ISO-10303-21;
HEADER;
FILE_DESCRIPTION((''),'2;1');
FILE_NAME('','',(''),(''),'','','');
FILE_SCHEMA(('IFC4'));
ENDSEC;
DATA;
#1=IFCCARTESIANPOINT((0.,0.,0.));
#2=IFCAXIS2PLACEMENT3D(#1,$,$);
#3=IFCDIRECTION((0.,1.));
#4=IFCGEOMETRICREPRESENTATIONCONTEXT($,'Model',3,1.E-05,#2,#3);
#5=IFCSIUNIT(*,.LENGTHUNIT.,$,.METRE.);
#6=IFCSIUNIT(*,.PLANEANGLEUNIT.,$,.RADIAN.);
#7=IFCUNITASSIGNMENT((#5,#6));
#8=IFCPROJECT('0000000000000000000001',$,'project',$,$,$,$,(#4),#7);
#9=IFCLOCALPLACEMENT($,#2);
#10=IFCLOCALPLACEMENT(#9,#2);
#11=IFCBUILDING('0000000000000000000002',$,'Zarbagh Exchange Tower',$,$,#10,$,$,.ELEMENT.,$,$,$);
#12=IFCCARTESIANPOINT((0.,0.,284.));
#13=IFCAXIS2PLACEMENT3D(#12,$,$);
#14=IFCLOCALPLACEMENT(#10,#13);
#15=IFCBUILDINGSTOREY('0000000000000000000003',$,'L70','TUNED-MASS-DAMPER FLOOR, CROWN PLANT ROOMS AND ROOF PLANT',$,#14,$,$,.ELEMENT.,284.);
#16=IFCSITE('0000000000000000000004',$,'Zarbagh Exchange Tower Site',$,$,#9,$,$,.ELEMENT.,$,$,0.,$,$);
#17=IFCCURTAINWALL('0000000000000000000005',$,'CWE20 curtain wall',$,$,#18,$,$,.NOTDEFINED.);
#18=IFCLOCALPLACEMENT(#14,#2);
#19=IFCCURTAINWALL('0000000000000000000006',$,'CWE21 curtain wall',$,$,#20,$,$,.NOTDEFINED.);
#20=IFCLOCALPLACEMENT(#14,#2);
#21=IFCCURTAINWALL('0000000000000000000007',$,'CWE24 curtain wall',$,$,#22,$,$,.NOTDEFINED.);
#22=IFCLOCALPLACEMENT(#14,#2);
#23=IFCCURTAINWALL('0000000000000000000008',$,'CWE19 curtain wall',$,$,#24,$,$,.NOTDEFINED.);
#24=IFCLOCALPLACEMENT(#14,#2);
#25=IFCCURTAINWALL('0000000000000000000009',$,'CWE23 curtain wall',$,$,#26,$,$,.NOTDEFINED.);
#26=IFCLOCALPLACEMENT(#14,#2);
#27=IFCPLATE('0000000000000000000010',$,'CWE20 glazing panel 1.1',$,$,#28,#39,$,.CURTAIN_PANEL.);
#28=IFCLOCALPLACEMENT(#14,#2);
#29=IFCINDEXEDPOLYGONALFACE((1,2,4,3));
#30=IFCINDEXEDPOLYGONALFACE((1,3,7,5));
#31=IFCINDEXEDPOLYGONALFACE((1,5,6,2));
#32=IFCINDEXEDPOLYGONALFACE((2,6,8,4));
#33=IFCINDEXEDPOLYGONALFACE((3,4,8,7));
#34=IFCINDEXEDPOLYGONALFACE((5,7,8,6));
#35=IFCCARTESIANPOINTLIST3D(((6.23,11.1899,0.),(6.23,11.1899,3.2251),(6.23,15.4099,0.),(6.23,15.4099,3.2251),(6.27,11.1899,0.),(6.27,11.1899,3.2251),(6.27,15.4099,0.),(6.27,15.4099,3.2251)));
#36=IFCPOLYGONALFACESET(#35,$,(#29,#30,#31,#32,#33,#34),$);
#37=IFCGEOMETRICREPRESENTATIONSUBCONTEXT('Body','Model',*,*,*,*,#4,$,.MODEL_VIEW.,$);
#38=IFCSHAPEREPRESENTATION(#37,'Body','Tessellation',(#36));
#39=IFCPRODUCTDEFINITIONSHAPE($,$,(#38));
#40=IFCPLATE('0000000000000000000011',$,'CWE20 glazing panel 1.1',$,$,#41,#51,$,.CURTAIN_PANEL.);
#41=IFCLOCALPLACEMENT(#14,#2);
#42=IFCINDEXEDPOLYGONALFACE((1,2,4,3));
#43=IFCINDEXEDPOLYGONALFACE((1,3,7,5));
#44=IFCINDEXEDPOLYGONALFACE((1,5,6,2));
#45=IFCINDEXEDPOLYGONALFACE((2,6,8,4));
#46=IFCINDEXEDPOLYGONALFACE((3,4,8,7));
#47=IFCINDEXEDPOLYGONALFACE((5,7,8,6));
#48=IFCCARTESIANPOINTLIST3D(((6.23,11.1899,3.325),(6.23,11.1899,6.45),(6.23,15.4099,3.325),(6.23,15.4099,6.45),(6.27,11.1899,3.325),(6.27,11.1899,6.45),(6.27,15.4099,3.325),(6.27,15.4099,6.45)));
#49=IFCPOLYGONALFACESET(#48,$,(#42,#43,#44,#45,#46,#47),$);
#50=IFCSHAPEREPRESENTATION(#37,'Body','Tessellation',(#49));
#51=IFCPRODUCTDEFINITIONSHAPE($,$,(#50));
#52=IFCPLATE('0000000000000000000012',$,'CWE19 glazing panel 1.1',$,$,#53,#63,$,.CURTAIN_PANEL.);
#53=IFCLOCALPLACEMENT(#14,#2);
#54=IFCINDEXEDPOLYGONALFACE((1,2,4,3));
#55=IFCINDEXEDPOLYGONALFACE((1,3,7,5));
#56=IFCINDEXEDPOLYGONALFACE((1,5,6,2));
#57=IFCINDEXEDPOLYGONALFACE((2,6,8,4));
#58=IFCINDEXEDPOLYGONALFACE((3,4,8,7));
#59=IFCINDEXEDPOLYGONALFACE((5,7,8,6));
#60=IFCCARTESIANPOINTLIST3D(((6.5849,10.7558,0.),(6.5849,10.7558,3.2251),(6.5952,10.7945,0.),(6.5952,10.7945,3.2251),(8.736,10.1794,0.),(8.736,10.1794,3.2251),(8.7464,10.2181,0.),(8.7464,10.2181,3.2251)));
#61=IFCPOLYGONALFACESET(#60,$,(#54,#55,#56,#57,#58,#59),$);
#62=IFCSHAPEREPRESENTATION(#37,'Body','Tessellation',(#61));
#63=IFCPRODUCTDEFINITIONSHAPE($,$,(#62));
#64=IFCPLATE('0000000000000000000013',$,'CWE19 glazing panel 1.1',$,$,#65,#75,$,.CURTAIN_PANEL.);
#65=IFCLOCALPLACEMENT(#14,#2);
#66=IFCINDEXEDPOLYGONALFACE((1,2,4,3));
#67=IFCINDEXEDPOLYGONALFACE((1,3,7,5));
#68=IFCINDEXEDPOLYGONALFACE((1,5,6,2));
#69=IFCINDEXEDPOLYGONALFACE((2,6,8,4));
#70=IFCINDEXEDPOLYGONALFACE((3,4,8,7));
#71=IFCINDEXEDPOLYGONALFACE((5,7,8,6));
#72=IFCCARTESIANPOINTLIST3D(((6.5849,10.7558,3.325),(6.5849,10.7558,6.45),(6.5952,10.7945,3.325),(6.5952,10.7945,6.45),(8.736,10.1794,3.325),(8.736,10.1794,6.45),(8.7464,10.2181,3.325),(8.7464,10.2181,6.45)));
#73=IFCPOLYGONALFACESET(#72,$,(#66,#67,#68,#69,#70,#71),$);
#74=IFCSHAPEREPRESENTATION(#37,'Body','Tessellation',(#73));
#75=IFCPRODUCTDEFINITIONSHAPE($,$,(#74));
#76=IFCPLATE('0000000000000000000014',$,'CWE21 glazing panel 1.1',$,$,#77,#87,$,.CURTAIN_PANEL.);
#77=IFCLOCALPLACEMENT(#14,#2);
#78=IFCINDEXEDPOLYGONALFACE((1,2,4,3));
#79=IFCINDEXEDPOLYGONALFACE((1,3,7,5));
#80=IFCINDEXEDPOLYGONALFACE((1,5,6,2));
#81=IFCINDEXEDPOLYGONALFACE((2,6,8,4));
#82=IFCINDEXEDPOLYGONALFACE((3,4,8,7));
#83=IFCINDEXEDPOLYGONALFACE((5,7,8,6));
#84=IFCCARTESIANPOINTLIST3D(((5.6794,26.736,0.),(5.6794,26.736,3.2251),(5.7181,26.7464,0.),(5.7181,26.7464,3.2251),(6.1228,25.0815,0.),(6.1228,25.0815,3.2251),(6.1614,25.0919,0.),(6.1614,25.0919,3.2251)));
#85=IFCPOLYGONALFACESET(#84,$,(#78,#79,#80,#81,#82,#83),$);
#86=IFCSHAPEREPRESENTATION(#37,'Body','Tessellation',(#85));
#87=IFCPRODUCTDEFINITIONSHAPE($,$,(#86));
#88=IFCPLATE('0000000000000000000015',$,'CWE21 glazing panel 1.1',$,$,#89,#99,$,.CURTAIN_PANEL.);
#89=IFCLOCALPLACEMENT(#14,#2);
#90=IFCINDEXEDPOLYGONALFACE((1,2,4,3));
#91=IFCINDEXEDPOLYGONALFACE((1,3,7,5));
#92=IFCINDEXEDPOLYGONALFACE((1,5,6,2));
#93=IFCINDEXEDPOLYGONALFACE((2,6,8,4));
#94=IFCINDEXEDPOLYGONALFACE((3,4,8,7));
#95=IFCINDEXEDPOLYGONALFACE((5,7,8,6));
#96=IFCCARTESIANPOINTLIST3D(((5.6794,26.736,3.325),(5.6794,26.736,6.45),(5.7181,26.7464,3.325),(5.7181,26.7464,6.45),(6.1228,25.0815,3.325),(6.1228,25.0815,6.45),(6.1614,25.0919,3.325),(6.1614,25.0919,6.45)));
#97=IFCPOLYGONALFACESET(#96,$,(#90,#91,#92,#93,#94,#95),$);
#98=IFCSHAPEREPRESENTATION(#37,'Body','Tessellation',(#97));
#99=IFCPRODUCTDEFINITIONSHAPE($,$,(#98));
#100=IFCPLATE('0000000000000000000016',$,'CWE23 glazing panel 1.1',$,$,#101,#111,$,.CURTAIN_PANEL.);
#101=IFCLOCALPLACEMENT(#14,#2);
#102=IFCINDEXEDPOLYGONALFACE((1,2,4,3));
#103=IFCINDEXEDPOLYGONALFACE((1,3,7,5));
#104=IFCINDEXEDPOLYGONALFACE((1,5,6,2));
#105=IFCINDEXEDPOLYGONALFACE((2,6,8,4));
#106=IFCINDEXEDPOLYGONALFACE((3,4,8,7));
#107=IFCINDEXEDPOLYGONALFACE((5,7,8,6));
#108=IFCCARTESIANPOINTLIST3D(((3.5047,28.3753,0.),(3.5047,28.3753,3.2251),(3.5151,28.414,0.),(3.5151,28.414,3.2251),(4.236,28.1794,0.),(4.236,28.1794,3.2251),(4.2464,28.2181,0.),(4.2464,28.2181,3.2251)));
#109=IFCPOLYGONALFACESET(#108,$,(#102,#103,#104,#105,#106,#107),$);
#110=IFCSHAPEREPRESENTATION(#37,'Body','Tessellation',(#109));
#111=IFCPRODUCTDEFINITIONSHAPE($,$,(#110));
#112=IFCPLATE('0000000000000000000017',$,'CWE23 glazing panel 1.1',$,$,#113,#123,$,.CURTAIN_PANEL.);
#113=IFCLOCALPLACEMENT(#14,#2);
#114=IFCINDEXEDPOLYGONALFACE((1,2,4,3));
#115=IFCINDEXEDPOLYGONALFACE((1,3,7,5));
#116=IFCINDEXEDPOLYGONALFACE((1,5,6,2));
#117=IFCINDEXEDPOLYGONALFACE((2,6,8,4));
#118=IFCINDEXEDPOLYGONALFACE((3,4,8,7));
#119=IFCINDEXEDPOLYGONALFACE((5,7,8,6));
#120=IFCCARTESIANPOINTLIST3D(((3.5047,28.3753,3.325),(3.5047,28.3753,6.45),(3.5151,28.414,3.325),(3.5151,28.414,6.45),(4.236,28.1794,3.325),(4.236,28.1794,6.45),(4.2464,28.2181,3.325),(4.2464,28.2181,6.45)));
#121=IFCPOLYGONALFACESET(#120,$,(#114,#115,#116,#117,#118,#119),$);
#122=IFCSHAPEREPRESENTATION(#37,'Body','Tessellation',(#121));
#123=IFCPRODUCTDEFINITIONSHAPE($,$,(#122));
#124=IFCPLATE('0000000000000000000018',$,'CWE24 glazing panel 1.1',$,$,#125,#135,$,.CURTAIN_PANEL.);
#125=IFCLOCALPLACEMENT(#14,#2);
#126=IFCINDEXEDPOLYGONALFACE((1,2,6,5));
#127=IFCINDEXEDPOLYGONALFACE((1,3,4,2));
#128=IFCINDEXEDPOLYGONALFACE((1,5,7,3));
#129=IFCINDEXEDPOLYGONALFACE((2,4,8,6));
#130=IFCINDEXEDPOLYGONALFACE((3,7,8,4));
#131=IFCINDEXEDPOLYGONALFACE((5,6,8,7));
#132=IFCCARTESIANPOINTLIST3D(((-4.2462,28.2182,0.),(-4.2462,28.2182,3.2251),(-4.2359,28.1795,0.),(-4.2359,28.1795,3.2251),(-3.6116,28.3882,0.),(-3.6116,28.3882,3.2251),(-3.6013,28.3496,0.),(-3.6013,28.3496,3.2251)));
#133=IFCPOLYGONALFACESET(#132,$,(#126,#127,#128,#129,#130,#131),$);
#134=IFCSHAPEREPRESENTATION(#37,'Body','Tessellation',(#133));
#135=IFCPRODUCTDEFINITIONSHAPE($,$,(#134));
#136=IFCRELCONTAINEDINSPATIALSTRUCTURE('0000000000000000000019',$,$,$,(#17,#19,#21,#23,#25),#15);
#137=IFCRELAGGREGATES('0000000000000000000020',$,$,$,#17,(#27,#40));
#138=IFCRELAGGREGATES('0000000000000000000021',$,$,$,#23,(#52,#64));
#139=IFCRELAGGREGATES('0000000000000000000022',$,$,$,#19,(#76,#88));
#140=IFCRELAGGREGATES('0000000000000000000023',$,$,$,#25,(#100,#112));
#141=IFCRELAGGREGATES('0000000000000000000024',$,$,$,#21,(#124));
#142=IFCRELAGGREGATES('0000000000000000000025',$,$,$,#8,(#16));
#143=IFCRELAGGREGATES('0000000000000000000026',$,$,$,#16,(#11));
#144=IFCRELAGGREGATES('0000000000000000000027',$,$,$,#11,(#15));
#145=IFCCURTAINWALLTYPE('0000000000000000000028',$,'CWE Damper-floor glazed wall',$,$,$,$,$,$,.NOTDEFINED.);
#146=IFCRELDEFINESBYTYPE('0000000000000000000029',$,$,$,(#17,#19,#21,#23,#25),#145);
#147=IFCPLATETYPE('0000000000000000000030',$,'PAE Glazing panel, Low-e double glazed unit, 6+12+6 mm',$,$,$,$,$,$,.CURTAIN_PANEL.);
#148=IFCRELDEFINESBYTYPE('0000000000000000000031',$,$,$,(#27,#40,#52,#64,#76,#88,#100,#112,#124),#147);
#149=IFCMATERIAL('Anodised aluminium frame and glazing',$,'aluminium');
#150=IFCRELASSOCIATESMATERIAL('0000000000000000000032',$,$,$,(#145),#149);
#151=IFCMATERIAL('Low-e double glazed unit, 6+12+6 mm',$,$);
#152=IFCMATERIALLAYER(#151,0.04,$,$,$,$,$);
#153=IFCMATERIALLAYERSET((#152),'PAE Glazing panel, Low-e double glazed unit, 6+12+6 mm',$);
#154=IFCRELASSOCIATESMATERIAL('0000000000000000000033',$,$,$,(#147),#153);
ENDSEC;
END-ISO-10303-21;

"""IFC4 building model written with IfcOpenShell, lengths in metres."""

from ifc_helpers import new_model, si_unit, direction, frame, origin, place, context, subcontext, project, spatial, polyline, outline, extrude, source, transform, mapped, material, layer, layer_set, type_object, element, aggregate, save


model = new_model("IFC4")

# Units and contexts
model_context = context("Model", 3, precision=1e-05, world=origin(), true_north=direction((0.0, 1.0)))
body_context = subcontext(model_context, "Body", "Model", "MODEL_VIEW")
ifc_project = project(units=[si_unit("LENGTHUNIT", "METRE"), si_unit("PLANEANGLEUNIT", "RADIAN")], contexts=[model_context])

# Site, building, storey
site_placement = place(None, origin())
site = spatial("IfcSite", under=ifc_project, at=site_placement, Name="Zarbagh Exchange Tower Site", CompositionType="ELEMENT", RefElevation=0.0)
building_placement = place(site_placement, origin())
building = spatial("IfcBuilding", under=site, at=building_placement, Name="Zarbagh Exchange Tower", CompositionType="ELEMENT")
storey_placement = place(building_placement, frame((0.0, 0.0, 284.0)))
storey = spatial("IfcBuildingStorey", under=building, at=storey_placement, Name="L70", Description="TUNED-MASS-DAMPER FLOOR, CROWN PLANT ROOMS AND ROOF PLANT", CompositionType="ELEMENT", Elevation=284.0)

# Curtain wall
ifc_material_1 = material(Name="Anodised aluminium frame and glazing", Category="aluminium")
curtain_wall_type = type_object("IfcCurtainWallType", Name="CWE Damper-floor glazed wall", PredefinedType="NOTDEFINED", material=ifc_material_1)
curtain_wall_1_placement = place(storey_placement, origin())
curtain_wall_1 = element("IfcCurtainWall", 1, at=curtain_wall_1_placement, inside=storey, type_object=curtain_wall_type, Name="CWE20 curtain wall", PredefinedType="NOTDEFINED")
placement = place(storey_placement, origin())

# Curtain walls
curtain_wall_2_placement = place(storey_placement, origin())
curtain_wall_2 = element("IfcCurtainWall", 2, at=curtain_wall_2_placement, inside=storey, type_object=curtain_wall_type, Name="CWE21 curtain wall", PredefinedType="NOTDEFINED")
curtain_wall_3_placement = place(storey_placement, origin())
curtain_wall_3 = element("IfcCurtainWall", 3, at=curtain_wall_3_placement, inside=storey, type_object=curtain_wall_type, Name="CWE24 curtain wall", PredefinedType="NOTDEFINED")

# Curtain wall
curtain_wall_4_placement = place(storey_placement, origin())
curtain_wall_4 = element("IfcCurtainWall", 4, at=curtain_wall_4_placement, inside=storey, type_object=curtain_wall_type, Name="CWE19 curtain wall", PredefinedType="NOTDEFINED")

# Curtain wall
curtain_wall_5_placement = place(storey_placement, origin())
curtain_wall_5 = element("IfcCurtainWall", 5, at=curtain_wall_5_placement, inside=storey, type_object=curtain_wall_type, Name="CWE23 curtain wall", PredefinedType="NOTDEFINED")

# Shared definitions
ifc_material_2 = material(Name="Low-e double glazed unit, 6+12+6 mm")
ifc_layer = layer(ifc_material_2, 0.04)
ifc_layer_set = layer_set([ifc_layer], Name="PAE Glazing panel, Low-e double glazed unit, 6+12+6 mm")
plate_type = type_object("IfcPlateType", Name="PAE Glazing panel, Low-e double glazed unit, 6+12+6 mm", PredefinedType="CURTAIN_PANEL", material=ifc_layer_set)

# Plates
shared_shape_1 = source(origin(), body_context, "Body", "SweptSolid", [
    extrude(outline(polyline([(0.0, -0.02), (4.22, -0.02), (4.22, 0.02), (0.0, 0.02), (0.0, -0.02)])), origin(), (0.0, 0.0, 1.0), 3.2251),
])
plate_1 = element("IfcPlate", 6, at=placement, type_object=plate_type, Name="CWE20 glazing panel 1.1", PredefinedType="CURTAIN_PANEL", context=body_context, shape_type="MappedRepresentation", body=[
    mapped(shared_shape_1, transform((6.25, 11.1899, 0.0), x_axis=(0.0, 1.0, 0.0), y_axis=(-1.0, 0.0, 0.0), z_axis=(0.0, 0.0, 1.0))),
])
shared_shape_2 = source(origin(), body_context, "Body", "SweptSolid", [
    extrude(outline(polyline([(0.0, -0.02), (4.22, -0.02), (4.22, 0.02), (0.0, 0.02), (0.0, -0.02)])), origin(), (0.0, 0.0, 1.0), 3.125),
])
plate_2 = element("IfcPlate", 7, at=placement, type_object=plate_type, Name="CWE20 glazing panel 1.1", PredefinedType="CURTAIN_PANEL", context=body_context, shape_type="MappedRepresentation", body=[
    mapped(shared_shape_2, transform((6.25, 11.1899, 3.325), x_axis=(0.0, 1.0, 0.0), y_axis=(-1.0, 0.0, 0.0), z_axis=(0.0, 0.0, 1.0))),
])
aggregate(curtain_wall_1, [plate_1, plate_2])
shared_shape_3 = source(origin(), body_context, "Body", "SweptSolid", [
    extrude(outline(polyline([(0.0, -0.02), (2.2271, -0.02), (2.2271, 0.02), (0.0, 0.02), (0.0, -0.02)])), origin(), (0.0, 0.0, 1.0), 3.2251),
])
plate_3 = element("IfcPlate", 8, at=placement, type_object=plate_type, Name="CWE19 glazing panel 1.1", PredefinedType="CURTAIN_PANEL", context=body_context, shape_type="MappedRepresentation", body=[
    mapped(shared_shape_3, transform((8.7412, 10.1987, 0.0), x_axis=(-0.965924, 0.258825, 0.0), y_axis=(-0.258825, -0.965924, 0.0), z_axis=(0.0, 0.0, 1.0))),
])
shared_shape_4 = source(origin(), body_context, "Body", "SweptSolid", [
    extrude(outline(polyline([(0.0, -0.02), (2.2271, -0.02), (2.2271, 0.02), (0.0, 0.02), (0.0, -0.02)])), origin(), (0.0, 0.0, 1.0), 3.125),
])
plate_4 = element("IfcPlate", 9, at=placement, type_object=plate_type, Name="CWE19 glazing panel 1.1", PredefinedType="CURTAIN_PANEL", context=body_context, shape_type="MappedRepresentation", body=[
    mapped(shared_shape_4, transform((8.7412, 10.1987, 3.325), x_axis=(-0.965924, 0.258825, 0.0), y_axis=(-0.258825, -0.965924, 0.0), z_axis=(0.0, 0.0, 1.0))),
])
aggregate(curtain_wall_4, [plate_3, plate_4])
shared_shape_5 = source(origin(), body_context, "Body", "SweptSolid", [
    extrude(outline(polyline([(0.0, -0.02), (1.7129, -0.02), (1.7129, 0.02), (0.0, 0.02), (0.0, -0.02)])), origin(), (0.0, 0.0, 1.0), 3.2251),
])
plate_5 = element("IfcPlate", 10, at=placement, type_object=plate_type, Name="CWE21 glazing panel 1.1", PredefinedType="CURTAIN_PANEL", context=body_context, shape_type="MappedRepresentation", body=[
    mapped(shared_shape_5, transform((6.1421, 25.0867, 0.0), x_axis=(-0.258825, 0.965924, 0.0), y_axis=(-0.965924, -0.258825, 0.0), z_axis=(0.0, 0.0, 1.0))),
])
shared_shape_6 = source(origin(), body_context, "Body", "SweptSolid", [
    extrude(outline(polyline([(0.0, -0.02), (1.7129, -0.02), (1.7129, 0.02), (0.0, 0.02), (0.0, -0.02)])), origin(), (0.0, 0.0, 1.0), 3.125),
])
plate_6 = element("IfcPlate", 11, at=placement, type_object=plate_type, Name="CWE21 glazing panel 1.1", PredefinedType="CURTAIN_PANEL", context=body_context, shape_type="MappedRepresentation", body=[
    mapped(shared_shape_6, transform((6.1421, 25.0867, 3.325), x_axis=(-0.258825, 0.965924, 0.0), y_axis=(-0.965924, -0.258825, 0.0), z_axis=(0.0, 0.0, 1.0))),
])
aggregate(curtain_wall_2, [plate_5, plate_6])
shared_shape_7 = source(origin(), body_context, "Body", "SweptSolid", [
    extrude(outline(polyline([(0.0, -0.02), (0.7571, -0.02), (0.7571, 0.02), (0.0, 0.02), (0.0, -0.02)])), origin(), (0.0, 0.0, 1.0), 3.2251),
])
plate_7 = element("IfcPlate", 12, at=placement, type_object=plate_type, Name="CWE23 glazing panel 1.1", PredefinedType="CURTAIN_PANEL", context=body_context, shape_type="MappedRepresentation", body=[
    mapped(shared_shape_7, transform((4.2412, 28.1987, 0.0), x_axis=(-0.965924, 0.258825, 0.0), y_axis=(-0.258825, -0.965924, 0.0), z_axis=(0.0, 0.0, 1.0))),
])
shared_shape_8 = source(origin(), body_context, "Body", "SweptSolid", [
    extrude(outline(polyline([(0.0, -0.02), (0.7571, -0.02), (0.7571, 0.02), (0.0, 0.02), (0.0, -0.02)])), origin(), (0.0, 0.0, 1.0), 3.125),
])
plate_8 = element("IfcPlate", 13, at=placement, type_object=plate_type, Name="CWE23 glazing panel 1.1", PredefinedType="CURTAIN_PANEL", context=body_context, shape_type="MappedRepresentation", body=[
    mapped(shared_shape_8, transform((4.2412, 28.1987, 3.325), x_axis=(-0.965924, 0.258825, 0.0), y_axis=(-0.258825, -0.965924, 0.0), z_axis=(0.0, 0.0, 1.0))),
])
aggregate(curtain_wall_5, [plate_7, plate_8])
shared_shape_9 = source(origin(), body_context, "Body", "SweptSolid", [
    extrude(outline(polyline([(0.0, -0.02), (0.657, -0.02), (0.657, 0.02), (0.0, 0.02), (0.0, -0.02)])), origin(), (0.0, 0.0, 1.0), 3.2251),
])
plate_9 = element("IfcPlate", 14, at=placement, type_object=plate_type, Name="CWE24 glazing panel 1.1", PredefinedType="CURTAIN_PANEL", context=body_context, shape_type="MappedRepresentation", body=[
    mapped(shared_shape_9, transform((-3.6064, 28.3689, 0.0), x_axis=(-0.965924, -0.258825, 0.0), y_axis=(0.258825, -0.965924, 0.0), z_axis=(0.0, 0.0, 1.0))),
])
aggregate(curtain_wall_3, [plate_9])

save(model, "model.ifc")
